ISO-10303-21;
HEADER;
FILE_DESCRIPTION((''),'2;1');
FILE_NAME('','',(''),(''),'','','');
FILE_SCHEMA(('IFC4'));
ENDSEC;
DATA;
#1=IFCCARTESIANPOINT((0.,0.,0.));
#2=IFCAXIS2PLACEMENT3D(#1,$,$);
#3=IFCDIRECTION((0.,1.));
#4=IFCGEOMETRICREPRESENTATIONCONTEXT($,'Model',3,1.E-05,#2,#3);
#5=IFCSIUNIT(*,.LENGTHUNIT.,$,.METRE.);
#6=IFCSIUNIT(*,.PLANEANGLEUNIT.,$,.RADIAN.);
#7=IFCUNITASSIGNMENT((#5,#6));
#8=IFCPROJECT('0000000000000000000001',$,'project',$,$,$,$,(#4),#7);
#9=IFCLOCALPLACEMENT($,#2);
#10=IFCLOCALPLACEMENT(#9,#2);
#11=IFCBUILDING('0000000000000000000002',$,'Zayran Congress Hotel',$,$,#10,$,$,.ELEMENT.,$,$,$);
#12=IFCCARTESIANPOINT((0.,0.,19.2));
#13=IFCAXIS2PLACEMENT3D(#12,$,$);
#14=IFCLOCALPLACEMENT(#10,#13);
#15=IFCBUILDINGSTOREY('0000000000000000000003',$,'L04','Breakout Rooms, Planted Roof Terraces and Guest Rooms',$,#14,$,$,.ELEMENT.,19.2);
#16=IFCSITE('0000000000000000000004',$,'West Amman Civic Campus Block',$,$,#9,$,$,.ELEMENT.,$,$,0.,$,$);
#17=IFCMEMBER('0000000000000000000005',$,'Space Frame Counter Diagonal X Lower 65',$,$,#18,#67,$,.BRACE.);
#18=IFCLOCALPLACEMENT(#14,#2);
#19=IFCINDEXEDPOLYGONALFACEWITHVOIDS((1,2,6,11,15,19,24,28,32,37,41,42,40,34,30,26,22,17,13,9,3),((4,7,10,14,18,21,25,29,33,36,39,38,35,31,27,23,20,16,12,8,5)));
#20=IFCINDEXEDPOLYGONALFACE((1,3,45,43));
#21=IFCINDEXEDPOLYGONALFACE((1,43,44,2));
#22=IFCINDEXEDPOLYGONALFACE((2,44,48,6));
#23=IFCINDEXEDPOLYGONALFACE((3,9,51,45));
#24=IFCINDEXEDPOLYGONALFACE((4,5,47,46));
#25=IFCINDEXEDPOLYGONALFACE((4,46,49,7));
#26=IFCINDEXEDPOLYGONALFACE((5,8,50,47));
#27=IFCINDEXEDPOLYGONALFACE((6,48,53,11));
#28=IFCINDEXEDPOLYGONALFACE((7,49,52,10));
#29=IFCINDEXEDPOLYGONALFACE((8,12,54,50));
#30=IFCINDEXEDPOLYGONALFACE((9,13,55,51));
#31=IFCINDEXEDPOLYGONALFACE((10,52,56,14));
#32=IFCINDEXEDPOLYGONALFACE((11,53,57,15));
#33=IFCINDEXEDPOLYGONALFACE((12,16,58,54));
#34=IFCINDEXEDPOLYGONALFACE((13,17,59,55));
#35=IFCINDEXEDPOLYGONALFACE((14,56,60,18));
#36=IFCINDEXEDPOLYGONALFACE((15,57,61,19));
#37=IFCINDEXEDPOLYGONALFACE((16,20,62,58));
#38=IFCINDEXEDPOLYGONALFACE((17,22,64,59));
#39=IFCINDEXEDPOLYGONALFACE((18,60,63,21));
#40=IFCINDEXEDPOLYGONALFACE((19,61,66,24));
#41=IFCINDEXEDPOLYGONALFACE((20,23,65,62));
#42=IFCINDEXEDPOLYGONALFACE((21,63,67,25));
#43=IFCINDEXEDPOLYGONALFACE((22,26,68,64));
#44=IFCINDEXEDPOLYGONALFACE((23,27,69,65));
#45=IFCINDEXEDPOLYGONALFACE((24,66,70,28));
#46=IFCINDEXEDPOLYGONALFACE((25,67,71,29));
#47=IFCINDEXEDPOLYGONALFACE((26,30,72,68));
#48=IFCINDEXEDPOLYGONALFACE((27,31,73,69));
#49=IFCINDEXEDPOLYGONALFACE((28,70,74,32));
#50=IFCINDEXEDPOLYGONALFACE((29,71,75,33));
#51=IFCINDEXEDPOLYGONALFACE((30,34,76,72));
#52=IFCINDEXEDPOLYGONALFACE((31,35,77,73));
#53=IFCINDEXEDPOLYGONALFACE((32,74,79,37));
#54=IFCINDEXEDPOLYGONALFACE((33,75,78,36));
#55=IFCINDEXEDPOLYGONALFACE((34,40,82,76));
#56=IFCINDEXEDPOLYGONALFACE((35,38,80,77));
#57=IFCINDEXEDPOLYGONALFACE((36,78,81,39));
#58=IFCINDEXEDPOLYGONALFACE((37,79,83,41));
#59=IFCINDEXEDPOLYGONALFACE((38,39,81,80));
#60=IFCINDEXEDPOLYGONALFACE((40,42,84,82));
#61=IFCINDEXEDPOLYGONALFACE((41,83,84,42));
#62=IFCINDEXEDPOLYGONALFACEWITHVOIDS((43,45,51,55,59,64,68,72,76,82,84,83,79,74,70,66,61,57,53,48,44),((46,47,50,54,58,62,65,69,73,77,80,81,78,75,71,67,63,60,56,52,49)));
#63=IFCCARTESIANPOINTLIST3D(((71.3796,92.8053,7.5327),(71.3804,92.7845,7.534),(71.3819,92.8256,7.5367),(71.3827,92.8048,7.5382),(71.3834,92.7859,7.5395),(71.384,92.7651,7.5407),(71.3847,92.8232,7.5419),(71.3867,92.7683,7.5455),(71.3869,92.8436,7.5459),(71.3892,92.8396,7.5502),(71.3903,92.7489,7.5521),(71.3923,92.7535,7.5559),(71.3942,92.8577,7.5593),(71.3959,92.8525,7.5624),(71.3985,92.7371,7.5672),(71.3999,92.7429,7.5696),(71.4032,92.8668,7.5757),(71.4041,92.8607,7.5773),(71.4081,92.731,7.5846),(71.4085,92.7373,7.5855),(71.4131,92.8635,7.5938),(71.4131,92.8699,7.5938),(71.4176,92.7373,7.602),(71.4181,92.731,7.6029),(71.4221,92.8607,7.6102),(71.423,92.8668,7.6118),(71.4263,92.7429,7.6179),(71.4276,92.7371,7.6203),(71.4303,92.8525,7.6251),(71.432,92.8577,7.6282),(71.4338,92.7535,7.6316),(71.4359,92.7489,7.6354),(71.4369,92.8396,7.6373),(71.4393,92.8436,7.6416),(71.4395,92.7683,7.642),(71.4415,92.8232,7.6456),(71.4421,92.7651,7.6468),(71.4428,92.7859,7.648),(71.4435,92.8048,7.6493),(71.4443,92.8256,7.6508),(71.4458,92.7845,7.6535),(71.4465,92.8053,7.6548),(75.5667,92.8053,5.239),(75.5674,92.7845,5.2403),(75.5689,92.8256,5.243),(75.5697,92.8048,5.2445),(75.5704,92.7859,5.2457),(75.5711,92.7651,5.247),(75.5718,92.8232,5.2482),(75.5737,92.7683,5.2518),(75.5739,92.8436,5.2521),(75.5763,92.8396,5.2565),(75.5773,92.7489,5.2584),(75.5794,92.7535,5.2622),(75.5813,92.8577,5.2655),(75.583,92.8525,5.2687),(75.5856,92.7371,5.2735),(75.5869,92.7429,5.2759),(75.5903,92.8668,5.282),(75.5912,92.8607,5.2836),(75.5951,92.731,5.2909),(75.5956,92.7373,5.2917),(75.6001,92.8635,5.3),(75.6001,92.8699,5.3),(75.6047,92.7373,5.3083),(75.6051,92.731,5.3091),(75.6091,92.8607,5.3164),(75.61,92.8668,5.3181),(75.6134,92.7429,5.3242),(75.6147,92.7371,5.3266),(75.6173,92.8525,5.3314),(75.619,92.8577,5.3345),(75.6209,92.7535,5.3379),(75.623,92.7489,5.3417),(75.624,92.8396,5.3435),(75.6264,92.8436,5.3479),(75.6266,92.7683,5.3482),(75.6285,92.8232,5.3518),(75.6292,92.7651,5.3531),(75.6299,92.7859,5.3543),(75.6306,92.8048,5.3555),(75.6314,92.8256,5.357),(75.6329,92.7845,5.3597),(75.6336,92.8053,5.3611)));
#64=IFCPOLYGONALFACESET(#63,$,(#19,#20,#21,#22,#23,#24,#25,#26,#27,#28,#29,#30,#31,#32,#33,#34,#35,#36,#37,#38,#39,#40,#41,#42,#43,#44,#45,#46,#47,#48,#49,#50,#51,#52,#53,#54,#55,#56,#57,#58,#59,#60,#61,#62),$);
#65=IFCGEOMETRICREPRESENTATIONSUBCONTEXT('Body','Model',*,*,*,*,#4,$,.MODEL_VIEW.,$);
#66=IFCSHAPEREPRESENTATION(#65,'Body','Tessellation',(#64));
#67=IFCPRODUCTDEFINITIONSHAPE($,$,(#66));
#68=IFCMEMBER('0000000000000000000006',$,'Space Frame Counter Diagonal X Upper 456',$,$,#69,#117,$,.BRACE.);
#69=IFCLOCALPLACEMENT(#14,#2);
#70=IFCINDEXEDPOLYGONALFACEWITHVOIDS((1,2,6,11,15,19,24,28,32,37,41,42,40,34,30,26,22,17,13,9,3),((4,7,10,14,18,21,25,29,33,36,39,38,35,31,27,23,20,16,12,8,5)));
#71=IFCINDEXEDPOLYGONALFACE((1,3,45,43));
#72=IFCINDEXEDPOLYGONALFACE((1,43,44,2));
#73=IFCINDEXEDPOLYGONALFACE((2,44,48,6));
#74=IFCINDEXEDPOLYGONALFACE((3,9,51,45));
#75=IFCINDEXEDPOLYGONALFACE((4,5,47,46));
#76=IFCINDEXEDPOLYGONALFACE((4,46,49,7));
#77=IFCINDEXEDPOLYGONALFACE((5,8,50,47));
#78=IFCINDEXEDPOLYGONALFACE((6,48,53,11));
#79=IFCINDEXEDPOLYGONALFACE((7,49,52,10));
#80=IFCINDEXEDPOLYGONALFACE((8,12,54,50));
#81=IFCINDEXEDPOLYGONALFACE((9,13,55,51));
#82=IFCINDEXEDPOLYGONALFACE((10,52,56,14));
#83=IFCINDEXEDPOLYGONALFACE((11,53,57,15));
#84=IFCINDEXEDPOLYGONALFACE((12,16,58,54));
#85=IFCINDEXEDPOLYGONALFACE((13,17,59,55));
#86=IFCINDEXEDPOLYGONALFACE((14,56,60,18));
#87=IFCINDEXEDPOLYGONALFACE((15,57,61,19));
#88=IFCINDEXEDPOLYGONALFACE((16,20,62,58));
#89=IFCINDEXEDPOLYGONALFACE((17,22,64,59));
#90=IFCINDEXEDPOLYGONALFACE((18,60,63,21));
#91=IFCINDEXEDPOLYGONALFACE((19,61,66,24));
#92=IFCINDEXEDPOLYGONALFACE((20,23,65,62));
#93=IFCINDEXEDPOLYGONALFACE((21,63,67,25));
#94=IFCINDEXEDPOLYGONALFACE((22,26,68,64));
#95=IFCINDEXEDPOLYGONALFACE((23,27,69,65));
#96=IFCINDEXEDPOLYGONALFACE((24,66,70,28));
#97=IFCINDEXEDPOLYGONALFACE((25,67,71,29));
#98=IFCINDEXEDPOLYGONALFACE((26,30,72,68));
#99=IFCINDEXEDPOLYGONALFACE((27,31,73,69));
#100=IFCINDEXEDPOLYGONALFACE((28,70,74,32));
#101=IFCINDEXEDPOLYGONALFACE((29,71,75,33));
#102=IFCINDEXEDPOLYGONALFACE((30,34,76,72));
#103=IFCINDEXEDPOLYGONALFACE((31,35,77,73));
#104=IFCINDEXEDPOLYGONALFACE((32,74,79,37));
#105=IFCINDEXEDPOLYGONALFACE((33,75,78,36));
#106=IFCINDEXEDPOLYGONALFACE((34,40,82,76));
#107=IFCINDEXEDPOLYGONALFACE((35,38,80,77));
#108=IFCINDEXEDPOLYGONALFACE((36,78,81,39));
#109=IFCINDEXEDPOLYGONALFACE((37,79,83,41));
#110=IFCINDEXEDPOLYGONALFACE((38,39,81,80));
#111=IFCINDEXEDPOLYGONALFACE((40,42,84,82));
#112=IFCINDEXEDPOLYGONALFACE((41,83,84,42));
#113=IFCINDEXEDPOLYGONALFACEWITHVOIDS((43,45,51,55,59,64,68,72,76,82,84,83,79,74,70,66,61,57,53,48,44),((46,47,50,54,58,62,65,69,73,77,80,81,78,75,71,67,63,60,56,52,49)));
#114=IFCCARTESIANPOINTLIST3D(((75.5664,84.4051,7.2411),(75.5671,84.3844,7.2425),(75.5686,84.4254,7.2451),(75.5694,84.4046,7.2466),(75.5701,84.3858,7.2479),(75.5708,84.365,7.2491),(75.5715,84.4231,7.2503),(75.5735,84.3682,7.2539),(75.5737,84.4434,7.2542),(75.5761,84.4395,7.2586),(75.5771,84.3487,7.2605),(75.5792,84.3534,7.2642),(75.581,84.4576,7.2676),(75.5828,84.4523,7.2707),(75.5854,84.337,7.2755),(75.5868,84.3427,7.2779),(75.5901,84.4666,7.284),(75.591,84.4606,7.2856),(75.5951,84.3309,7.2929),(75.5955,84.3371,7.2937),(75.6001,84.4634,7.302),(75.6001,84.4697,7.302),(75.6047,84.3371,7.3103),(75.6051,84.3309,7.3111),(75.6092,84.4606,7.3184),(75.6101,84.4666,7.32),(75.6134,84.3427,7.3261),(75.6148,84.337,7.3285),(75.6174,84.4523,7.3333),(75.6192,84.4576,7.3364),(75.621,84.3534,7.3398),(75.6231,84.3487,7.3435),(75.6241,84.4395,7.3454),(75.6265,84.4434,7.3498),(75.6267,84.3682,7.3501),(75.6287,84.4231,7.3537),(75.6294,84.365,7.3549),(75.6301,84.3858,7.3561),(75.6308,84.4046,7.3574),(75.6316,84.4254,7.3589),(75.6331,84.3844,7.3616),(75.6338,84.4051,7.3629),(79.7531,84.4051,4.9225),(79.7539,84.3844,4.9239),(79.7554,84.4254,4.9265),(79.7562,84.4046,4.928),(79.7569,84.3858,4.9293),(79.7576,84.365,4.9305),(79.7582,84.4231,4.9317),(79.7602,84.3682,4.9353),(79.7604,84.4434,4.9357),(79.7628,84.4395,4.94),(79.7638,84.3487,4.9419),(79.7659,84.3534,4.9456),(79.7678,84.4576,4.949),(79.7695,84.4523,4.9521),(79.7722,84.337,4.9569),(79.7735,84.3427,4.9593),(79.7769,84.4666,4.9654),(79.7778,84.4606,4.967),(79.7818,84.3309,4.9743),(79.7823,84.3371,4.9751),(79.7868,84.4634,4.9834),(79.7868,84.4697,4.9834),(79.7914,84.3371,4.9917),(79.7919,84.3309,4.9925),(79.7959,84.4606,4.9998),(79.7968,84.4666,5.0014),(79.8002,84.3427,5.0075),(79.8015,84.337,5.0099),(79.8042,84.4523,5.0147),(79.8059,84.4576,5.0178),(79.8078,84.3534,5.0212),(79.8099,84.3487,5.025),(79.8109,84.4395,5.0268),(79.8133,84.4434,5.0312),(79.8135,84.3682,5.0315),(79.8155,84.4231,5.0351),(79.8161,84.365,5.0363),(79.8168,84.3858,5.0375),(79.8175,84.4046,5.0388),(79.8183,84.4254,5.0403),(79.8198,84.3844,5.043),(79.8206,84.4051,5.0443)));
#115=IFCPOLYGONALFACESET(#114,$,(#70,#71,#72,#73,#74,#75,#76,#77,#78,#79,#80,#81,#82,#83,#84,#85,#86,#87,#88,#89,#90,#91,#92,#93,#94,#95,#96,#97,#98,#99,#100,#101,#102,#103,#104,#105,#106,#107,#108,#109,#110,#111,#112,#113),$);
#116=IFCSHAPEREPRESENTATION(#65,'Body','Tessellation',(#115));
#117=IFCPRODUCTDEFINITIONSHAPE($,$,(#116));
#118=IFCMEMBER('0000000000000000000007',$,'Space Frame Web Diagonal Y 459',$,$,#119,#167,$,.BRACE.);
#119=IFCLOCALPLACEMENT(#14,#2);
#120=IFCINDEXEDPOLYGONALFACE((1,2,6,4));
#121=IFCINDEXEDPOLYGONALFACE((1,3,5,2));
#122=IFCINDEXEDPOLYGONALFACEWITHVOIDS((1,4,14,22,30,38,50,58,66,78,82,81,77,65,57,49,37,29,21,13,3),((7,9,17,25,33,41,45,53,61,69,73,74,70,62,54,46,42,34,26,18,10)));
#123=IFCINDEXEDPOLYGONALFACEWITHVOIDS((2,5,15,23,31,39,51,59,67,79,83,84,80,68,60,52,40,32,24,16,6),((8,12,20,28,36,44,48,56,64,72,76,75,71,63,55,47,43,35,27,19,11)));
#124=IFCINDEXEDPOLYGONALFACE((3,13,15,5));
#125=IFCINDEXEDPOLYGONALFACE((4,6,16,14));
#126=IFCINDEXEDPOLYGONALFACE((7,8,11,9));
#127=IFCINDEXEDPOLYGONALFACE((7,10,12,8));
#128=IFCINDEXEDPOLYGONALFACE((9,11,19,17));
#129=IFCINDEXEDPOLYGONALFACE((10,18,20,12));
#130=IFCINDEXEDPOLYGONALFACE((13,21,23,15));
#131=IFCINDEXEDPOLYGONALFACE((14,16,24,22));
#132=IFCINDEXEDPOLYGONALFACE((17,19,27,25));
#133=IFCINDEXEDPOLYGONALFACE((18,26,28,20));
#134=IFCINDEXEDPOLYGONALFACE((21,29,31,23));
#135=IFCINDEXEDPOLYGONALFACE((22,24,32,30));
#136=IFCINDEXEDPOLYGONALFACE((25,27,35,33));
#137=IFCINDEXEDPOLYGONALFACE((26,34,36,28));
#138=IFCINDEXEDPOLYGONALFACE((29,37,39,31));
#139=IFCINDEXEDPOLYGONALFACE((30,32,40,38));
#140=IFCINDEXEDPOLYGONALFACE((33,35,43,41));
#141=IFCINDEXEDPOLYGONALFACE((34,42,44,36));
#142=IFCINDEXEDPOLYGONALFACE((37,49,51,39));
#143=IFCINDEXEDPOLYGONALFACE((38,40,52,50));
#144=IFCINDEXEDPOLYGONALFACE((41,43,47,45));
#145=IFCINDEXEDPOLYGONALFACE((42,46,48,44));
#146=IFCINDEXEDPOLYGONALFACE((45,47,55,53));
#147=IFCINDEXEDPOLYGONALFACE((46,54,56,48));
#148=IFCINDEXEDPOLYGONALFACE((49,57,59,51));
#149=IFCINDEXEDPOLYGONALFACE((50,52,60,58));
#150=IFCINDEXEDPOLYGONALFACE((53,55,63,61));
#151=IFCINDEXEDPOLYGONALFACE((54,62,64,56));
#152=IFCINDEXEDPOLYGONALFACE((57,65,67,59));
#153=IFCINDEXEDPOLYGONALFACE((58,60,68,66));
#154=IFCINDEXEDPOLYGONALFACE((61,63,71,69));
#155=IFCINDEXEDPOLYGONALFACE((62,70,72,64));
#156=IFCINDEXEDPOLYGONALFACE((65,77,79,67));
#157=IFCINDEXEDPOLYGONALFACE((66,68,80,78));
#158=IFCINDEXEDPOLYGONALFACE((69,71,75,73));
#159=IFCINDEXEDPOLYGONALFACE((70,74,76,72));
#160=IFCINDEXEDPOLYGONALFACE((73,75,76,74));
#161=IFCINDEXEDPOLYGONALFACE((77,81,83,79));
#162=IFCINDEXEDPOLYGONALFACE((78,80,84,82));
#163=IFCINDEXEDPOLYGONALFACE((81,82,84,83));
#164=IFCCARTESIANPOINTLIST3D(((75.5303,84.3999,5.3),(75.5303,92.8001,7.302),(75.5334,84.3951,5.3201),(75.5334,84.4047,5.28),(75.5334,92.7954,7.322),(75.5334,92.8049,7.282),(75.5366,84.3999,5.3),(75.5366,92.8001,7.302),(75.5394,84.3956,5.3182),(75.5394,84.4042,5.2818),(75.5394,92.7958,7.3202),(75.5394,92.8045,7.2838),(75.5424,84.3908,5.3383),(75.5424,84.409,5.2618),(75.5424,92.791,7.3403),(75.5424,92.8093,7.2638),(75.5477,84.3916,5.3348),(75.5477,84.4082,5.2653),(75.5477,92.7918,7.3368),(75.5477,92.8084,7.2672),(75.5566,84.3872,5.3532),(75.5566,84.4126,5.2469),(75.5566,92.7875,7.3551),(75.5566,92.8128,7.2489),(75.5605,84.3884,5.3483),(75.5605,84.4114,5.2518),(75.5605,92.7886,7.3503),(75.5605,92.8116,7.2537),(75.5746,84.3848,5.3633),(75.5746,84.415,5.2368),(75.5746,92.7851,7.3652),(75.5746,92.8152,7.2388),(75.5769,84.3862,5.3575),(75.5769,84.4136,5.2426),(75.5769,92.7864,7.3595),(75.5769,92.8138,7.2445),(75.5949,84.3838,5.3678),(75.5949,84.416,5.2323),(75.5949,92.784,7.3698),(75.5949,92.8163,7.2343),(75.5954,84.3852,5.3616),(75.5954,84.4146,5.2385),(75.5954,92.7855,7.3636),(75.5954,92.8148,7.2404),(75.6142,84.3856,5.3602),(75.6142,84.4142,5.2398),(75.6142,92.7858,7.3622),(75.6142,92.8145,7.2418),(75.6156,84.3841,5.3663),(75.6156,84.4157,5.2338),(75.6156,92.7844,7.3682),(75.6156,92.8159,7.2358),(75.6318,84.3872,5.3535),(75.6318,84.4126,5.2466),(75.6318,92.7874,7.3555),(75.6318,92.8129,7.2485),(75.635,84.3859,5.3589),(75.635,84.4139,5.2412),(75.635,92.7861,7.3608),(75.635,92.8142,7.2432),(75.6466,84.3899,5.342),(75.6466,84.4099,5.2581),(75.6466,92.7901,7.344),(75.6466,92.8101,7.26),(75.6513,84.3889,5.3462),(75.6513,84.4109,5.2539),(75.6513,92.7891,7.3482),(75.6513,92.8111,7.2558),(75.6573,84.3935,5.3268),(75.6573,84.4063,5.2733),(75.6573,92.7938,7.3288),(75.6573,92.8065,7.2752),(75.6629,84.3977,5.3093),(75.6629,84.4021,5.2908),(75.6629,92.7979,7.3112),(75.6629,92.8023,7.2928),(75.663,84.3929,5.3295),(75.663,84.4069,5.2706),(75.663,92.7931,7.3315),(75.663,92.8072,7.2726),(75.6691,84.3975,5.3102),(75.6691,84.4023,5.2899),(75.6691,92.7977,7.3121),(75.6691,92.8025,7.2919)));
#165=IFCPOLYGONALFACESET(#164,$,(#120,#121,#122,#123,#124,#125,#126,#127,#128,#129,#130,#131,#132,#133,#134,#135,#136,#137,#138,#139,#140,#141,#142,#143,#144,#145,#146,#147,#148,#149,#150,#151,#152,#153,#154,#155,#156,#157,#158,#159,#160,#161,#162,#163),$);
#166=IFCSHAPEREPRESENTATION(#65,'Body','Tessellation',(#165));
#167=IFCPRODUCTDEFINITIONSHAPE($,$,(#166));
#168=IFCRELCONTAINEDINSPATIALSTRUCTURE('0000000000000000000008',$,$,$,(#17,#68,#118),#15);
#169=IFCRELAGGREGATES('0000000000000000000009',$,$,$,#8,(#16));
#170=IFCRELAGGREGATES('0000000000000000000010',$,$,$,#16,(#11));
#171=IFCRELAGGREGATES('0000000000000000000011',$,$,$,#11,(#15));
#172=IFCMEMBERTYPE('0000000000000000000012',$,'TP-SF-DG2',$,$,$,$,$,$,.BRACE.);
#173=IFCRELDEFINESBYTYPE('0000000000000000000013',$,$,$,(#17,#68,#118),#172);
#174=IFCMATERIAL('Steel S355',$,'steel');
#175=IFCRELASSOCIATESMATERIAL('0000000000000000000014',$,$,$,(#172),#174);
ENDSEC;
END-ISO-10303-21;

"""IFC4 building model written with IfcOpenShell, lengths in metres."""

from ifc_helpers import new_model, si_unit, direction, frame, origin, origin_2d, place, context, subcontext, project, spatial, hollow_circle, extrude, material, material_profile, profile_set, type_object, element, save


model = new_model("IFC4")

# Units and contexts
model_context = context("Model", 3, precision=1e-05, world=origin(), true_north=direction((0.0, 1.0)))
body_context = subcontext(model_context, "Body", "Model", "MODEL_VIEW")
ifc_project = project(units=[si_unit("LENGTHUNIT", "METRE"), si_unit("PLANEANGLEUNIT", "RADIAN")], contexts=[model_context])

# Site, building, storey
site_placement = place(None, origin())
site = spatial("IfcSite", under=ifc_project, at=site_placement, Name="West Amman Civic Campus Block", CompositionType="ELEMENT", RefElevation=0.0)
building_placement = place(site_placement, origin())
building = spatial("IfcBuilding", under=site, at=building_placement, Name="Zayran Congress Hotel", CompositionType="ELEMENT")
storey_placement = place(building_placement, frame((0.0, 0.0, 19.2)))
storey = spatial("IfcBuildingStorey", under=building, at=storey_placement, Name="L04", Description="Breakout Rooms, Planted Roof Terraces and Guest Rooms", CompositionType="ELEMENT", Elevation=19.2)

# Members
ifc_material_1 = material(Name="Steel S355", Category="steel")
ifc_material_profile_1 = material_profile(ifc_material_1, hollow_circle(Radius=0.0698, WallThickness=0.0063, at=origin_2d()), Name="CHS 139.7x6.3")
ifc_profile_set_1 = profile_set([ifc_material_profile_1], Name="Steel S355")
member_type_1 = type_object("IfcMemberType", Name="TP-SF-DG2", PredefinedType="BRACE", material=ifc_profile_set_1)
for number, where, z_axis, x_axis, name in (
    (1, (71.4131, 92.8, 7.5938), (0.877024, 0.0, -0.480446), (0.0, 1.0, 0.0), "Space Frame Counter Diagonal X Lower 65"),
):
    element("IfcMember", number, at=place(storey_placement, frame(where, z_axis=z_axis, x_axis=x_axis)), inside=storey, type_object=member_type_1, Name=name, PredefinedType="BRACE", context=body_context, shape_type="SweptSolid", body=[
        extrude(hollow_circle(Radius=0.0698, WallThickness=0.0063, at=origin_2d()), origin(), (0.0, 0.0, 1.0), 4.7742),
    ])
member_1_placement = place(storey_placement, frame((75.6001, 84.3999, 7.302), z_axis=(0.874811, 0.0, -0.484464), x_axis=(0.0, 1.0, 0.0)))
element("IfcMember", 2, at=member_1_placement, inside=storey, type_object=member_type_1, Name="Space Frame Counter Diagonal X Upper 456", PredefinedType="BRACE", context=body_context, shape_type="SweptSolid", body=[
    extrude(hollow_circle(Radius=0.0698, WallThickness=0.0063, at=origin_2d()), origin(), (0.0, 0.0, 1.0), 4.7859),
])
member_2_placement = place(storey_placement, frame((75.6001, 84.3999, 5.3), z_axis=(0.0, 0.972756, 0.231831), x_axis=(-1.0, 0.0, 0.0)))
element("IfcMember", 3, at=member_2_placement, inside=storey, type_object=member_type_1, Name="Space Frame Web Diagonal Y 459", PredefinedType="BRACE", context=body_context, shape_type="SweptSolid", body=[
    extrude(hollow_circle(Radius=0.0698, WallThickness=0.0063, at=origin_2d()), origin(), (0.0, 0.0, 1.0), 8.6355),
])

save(model, "model.ifc")
